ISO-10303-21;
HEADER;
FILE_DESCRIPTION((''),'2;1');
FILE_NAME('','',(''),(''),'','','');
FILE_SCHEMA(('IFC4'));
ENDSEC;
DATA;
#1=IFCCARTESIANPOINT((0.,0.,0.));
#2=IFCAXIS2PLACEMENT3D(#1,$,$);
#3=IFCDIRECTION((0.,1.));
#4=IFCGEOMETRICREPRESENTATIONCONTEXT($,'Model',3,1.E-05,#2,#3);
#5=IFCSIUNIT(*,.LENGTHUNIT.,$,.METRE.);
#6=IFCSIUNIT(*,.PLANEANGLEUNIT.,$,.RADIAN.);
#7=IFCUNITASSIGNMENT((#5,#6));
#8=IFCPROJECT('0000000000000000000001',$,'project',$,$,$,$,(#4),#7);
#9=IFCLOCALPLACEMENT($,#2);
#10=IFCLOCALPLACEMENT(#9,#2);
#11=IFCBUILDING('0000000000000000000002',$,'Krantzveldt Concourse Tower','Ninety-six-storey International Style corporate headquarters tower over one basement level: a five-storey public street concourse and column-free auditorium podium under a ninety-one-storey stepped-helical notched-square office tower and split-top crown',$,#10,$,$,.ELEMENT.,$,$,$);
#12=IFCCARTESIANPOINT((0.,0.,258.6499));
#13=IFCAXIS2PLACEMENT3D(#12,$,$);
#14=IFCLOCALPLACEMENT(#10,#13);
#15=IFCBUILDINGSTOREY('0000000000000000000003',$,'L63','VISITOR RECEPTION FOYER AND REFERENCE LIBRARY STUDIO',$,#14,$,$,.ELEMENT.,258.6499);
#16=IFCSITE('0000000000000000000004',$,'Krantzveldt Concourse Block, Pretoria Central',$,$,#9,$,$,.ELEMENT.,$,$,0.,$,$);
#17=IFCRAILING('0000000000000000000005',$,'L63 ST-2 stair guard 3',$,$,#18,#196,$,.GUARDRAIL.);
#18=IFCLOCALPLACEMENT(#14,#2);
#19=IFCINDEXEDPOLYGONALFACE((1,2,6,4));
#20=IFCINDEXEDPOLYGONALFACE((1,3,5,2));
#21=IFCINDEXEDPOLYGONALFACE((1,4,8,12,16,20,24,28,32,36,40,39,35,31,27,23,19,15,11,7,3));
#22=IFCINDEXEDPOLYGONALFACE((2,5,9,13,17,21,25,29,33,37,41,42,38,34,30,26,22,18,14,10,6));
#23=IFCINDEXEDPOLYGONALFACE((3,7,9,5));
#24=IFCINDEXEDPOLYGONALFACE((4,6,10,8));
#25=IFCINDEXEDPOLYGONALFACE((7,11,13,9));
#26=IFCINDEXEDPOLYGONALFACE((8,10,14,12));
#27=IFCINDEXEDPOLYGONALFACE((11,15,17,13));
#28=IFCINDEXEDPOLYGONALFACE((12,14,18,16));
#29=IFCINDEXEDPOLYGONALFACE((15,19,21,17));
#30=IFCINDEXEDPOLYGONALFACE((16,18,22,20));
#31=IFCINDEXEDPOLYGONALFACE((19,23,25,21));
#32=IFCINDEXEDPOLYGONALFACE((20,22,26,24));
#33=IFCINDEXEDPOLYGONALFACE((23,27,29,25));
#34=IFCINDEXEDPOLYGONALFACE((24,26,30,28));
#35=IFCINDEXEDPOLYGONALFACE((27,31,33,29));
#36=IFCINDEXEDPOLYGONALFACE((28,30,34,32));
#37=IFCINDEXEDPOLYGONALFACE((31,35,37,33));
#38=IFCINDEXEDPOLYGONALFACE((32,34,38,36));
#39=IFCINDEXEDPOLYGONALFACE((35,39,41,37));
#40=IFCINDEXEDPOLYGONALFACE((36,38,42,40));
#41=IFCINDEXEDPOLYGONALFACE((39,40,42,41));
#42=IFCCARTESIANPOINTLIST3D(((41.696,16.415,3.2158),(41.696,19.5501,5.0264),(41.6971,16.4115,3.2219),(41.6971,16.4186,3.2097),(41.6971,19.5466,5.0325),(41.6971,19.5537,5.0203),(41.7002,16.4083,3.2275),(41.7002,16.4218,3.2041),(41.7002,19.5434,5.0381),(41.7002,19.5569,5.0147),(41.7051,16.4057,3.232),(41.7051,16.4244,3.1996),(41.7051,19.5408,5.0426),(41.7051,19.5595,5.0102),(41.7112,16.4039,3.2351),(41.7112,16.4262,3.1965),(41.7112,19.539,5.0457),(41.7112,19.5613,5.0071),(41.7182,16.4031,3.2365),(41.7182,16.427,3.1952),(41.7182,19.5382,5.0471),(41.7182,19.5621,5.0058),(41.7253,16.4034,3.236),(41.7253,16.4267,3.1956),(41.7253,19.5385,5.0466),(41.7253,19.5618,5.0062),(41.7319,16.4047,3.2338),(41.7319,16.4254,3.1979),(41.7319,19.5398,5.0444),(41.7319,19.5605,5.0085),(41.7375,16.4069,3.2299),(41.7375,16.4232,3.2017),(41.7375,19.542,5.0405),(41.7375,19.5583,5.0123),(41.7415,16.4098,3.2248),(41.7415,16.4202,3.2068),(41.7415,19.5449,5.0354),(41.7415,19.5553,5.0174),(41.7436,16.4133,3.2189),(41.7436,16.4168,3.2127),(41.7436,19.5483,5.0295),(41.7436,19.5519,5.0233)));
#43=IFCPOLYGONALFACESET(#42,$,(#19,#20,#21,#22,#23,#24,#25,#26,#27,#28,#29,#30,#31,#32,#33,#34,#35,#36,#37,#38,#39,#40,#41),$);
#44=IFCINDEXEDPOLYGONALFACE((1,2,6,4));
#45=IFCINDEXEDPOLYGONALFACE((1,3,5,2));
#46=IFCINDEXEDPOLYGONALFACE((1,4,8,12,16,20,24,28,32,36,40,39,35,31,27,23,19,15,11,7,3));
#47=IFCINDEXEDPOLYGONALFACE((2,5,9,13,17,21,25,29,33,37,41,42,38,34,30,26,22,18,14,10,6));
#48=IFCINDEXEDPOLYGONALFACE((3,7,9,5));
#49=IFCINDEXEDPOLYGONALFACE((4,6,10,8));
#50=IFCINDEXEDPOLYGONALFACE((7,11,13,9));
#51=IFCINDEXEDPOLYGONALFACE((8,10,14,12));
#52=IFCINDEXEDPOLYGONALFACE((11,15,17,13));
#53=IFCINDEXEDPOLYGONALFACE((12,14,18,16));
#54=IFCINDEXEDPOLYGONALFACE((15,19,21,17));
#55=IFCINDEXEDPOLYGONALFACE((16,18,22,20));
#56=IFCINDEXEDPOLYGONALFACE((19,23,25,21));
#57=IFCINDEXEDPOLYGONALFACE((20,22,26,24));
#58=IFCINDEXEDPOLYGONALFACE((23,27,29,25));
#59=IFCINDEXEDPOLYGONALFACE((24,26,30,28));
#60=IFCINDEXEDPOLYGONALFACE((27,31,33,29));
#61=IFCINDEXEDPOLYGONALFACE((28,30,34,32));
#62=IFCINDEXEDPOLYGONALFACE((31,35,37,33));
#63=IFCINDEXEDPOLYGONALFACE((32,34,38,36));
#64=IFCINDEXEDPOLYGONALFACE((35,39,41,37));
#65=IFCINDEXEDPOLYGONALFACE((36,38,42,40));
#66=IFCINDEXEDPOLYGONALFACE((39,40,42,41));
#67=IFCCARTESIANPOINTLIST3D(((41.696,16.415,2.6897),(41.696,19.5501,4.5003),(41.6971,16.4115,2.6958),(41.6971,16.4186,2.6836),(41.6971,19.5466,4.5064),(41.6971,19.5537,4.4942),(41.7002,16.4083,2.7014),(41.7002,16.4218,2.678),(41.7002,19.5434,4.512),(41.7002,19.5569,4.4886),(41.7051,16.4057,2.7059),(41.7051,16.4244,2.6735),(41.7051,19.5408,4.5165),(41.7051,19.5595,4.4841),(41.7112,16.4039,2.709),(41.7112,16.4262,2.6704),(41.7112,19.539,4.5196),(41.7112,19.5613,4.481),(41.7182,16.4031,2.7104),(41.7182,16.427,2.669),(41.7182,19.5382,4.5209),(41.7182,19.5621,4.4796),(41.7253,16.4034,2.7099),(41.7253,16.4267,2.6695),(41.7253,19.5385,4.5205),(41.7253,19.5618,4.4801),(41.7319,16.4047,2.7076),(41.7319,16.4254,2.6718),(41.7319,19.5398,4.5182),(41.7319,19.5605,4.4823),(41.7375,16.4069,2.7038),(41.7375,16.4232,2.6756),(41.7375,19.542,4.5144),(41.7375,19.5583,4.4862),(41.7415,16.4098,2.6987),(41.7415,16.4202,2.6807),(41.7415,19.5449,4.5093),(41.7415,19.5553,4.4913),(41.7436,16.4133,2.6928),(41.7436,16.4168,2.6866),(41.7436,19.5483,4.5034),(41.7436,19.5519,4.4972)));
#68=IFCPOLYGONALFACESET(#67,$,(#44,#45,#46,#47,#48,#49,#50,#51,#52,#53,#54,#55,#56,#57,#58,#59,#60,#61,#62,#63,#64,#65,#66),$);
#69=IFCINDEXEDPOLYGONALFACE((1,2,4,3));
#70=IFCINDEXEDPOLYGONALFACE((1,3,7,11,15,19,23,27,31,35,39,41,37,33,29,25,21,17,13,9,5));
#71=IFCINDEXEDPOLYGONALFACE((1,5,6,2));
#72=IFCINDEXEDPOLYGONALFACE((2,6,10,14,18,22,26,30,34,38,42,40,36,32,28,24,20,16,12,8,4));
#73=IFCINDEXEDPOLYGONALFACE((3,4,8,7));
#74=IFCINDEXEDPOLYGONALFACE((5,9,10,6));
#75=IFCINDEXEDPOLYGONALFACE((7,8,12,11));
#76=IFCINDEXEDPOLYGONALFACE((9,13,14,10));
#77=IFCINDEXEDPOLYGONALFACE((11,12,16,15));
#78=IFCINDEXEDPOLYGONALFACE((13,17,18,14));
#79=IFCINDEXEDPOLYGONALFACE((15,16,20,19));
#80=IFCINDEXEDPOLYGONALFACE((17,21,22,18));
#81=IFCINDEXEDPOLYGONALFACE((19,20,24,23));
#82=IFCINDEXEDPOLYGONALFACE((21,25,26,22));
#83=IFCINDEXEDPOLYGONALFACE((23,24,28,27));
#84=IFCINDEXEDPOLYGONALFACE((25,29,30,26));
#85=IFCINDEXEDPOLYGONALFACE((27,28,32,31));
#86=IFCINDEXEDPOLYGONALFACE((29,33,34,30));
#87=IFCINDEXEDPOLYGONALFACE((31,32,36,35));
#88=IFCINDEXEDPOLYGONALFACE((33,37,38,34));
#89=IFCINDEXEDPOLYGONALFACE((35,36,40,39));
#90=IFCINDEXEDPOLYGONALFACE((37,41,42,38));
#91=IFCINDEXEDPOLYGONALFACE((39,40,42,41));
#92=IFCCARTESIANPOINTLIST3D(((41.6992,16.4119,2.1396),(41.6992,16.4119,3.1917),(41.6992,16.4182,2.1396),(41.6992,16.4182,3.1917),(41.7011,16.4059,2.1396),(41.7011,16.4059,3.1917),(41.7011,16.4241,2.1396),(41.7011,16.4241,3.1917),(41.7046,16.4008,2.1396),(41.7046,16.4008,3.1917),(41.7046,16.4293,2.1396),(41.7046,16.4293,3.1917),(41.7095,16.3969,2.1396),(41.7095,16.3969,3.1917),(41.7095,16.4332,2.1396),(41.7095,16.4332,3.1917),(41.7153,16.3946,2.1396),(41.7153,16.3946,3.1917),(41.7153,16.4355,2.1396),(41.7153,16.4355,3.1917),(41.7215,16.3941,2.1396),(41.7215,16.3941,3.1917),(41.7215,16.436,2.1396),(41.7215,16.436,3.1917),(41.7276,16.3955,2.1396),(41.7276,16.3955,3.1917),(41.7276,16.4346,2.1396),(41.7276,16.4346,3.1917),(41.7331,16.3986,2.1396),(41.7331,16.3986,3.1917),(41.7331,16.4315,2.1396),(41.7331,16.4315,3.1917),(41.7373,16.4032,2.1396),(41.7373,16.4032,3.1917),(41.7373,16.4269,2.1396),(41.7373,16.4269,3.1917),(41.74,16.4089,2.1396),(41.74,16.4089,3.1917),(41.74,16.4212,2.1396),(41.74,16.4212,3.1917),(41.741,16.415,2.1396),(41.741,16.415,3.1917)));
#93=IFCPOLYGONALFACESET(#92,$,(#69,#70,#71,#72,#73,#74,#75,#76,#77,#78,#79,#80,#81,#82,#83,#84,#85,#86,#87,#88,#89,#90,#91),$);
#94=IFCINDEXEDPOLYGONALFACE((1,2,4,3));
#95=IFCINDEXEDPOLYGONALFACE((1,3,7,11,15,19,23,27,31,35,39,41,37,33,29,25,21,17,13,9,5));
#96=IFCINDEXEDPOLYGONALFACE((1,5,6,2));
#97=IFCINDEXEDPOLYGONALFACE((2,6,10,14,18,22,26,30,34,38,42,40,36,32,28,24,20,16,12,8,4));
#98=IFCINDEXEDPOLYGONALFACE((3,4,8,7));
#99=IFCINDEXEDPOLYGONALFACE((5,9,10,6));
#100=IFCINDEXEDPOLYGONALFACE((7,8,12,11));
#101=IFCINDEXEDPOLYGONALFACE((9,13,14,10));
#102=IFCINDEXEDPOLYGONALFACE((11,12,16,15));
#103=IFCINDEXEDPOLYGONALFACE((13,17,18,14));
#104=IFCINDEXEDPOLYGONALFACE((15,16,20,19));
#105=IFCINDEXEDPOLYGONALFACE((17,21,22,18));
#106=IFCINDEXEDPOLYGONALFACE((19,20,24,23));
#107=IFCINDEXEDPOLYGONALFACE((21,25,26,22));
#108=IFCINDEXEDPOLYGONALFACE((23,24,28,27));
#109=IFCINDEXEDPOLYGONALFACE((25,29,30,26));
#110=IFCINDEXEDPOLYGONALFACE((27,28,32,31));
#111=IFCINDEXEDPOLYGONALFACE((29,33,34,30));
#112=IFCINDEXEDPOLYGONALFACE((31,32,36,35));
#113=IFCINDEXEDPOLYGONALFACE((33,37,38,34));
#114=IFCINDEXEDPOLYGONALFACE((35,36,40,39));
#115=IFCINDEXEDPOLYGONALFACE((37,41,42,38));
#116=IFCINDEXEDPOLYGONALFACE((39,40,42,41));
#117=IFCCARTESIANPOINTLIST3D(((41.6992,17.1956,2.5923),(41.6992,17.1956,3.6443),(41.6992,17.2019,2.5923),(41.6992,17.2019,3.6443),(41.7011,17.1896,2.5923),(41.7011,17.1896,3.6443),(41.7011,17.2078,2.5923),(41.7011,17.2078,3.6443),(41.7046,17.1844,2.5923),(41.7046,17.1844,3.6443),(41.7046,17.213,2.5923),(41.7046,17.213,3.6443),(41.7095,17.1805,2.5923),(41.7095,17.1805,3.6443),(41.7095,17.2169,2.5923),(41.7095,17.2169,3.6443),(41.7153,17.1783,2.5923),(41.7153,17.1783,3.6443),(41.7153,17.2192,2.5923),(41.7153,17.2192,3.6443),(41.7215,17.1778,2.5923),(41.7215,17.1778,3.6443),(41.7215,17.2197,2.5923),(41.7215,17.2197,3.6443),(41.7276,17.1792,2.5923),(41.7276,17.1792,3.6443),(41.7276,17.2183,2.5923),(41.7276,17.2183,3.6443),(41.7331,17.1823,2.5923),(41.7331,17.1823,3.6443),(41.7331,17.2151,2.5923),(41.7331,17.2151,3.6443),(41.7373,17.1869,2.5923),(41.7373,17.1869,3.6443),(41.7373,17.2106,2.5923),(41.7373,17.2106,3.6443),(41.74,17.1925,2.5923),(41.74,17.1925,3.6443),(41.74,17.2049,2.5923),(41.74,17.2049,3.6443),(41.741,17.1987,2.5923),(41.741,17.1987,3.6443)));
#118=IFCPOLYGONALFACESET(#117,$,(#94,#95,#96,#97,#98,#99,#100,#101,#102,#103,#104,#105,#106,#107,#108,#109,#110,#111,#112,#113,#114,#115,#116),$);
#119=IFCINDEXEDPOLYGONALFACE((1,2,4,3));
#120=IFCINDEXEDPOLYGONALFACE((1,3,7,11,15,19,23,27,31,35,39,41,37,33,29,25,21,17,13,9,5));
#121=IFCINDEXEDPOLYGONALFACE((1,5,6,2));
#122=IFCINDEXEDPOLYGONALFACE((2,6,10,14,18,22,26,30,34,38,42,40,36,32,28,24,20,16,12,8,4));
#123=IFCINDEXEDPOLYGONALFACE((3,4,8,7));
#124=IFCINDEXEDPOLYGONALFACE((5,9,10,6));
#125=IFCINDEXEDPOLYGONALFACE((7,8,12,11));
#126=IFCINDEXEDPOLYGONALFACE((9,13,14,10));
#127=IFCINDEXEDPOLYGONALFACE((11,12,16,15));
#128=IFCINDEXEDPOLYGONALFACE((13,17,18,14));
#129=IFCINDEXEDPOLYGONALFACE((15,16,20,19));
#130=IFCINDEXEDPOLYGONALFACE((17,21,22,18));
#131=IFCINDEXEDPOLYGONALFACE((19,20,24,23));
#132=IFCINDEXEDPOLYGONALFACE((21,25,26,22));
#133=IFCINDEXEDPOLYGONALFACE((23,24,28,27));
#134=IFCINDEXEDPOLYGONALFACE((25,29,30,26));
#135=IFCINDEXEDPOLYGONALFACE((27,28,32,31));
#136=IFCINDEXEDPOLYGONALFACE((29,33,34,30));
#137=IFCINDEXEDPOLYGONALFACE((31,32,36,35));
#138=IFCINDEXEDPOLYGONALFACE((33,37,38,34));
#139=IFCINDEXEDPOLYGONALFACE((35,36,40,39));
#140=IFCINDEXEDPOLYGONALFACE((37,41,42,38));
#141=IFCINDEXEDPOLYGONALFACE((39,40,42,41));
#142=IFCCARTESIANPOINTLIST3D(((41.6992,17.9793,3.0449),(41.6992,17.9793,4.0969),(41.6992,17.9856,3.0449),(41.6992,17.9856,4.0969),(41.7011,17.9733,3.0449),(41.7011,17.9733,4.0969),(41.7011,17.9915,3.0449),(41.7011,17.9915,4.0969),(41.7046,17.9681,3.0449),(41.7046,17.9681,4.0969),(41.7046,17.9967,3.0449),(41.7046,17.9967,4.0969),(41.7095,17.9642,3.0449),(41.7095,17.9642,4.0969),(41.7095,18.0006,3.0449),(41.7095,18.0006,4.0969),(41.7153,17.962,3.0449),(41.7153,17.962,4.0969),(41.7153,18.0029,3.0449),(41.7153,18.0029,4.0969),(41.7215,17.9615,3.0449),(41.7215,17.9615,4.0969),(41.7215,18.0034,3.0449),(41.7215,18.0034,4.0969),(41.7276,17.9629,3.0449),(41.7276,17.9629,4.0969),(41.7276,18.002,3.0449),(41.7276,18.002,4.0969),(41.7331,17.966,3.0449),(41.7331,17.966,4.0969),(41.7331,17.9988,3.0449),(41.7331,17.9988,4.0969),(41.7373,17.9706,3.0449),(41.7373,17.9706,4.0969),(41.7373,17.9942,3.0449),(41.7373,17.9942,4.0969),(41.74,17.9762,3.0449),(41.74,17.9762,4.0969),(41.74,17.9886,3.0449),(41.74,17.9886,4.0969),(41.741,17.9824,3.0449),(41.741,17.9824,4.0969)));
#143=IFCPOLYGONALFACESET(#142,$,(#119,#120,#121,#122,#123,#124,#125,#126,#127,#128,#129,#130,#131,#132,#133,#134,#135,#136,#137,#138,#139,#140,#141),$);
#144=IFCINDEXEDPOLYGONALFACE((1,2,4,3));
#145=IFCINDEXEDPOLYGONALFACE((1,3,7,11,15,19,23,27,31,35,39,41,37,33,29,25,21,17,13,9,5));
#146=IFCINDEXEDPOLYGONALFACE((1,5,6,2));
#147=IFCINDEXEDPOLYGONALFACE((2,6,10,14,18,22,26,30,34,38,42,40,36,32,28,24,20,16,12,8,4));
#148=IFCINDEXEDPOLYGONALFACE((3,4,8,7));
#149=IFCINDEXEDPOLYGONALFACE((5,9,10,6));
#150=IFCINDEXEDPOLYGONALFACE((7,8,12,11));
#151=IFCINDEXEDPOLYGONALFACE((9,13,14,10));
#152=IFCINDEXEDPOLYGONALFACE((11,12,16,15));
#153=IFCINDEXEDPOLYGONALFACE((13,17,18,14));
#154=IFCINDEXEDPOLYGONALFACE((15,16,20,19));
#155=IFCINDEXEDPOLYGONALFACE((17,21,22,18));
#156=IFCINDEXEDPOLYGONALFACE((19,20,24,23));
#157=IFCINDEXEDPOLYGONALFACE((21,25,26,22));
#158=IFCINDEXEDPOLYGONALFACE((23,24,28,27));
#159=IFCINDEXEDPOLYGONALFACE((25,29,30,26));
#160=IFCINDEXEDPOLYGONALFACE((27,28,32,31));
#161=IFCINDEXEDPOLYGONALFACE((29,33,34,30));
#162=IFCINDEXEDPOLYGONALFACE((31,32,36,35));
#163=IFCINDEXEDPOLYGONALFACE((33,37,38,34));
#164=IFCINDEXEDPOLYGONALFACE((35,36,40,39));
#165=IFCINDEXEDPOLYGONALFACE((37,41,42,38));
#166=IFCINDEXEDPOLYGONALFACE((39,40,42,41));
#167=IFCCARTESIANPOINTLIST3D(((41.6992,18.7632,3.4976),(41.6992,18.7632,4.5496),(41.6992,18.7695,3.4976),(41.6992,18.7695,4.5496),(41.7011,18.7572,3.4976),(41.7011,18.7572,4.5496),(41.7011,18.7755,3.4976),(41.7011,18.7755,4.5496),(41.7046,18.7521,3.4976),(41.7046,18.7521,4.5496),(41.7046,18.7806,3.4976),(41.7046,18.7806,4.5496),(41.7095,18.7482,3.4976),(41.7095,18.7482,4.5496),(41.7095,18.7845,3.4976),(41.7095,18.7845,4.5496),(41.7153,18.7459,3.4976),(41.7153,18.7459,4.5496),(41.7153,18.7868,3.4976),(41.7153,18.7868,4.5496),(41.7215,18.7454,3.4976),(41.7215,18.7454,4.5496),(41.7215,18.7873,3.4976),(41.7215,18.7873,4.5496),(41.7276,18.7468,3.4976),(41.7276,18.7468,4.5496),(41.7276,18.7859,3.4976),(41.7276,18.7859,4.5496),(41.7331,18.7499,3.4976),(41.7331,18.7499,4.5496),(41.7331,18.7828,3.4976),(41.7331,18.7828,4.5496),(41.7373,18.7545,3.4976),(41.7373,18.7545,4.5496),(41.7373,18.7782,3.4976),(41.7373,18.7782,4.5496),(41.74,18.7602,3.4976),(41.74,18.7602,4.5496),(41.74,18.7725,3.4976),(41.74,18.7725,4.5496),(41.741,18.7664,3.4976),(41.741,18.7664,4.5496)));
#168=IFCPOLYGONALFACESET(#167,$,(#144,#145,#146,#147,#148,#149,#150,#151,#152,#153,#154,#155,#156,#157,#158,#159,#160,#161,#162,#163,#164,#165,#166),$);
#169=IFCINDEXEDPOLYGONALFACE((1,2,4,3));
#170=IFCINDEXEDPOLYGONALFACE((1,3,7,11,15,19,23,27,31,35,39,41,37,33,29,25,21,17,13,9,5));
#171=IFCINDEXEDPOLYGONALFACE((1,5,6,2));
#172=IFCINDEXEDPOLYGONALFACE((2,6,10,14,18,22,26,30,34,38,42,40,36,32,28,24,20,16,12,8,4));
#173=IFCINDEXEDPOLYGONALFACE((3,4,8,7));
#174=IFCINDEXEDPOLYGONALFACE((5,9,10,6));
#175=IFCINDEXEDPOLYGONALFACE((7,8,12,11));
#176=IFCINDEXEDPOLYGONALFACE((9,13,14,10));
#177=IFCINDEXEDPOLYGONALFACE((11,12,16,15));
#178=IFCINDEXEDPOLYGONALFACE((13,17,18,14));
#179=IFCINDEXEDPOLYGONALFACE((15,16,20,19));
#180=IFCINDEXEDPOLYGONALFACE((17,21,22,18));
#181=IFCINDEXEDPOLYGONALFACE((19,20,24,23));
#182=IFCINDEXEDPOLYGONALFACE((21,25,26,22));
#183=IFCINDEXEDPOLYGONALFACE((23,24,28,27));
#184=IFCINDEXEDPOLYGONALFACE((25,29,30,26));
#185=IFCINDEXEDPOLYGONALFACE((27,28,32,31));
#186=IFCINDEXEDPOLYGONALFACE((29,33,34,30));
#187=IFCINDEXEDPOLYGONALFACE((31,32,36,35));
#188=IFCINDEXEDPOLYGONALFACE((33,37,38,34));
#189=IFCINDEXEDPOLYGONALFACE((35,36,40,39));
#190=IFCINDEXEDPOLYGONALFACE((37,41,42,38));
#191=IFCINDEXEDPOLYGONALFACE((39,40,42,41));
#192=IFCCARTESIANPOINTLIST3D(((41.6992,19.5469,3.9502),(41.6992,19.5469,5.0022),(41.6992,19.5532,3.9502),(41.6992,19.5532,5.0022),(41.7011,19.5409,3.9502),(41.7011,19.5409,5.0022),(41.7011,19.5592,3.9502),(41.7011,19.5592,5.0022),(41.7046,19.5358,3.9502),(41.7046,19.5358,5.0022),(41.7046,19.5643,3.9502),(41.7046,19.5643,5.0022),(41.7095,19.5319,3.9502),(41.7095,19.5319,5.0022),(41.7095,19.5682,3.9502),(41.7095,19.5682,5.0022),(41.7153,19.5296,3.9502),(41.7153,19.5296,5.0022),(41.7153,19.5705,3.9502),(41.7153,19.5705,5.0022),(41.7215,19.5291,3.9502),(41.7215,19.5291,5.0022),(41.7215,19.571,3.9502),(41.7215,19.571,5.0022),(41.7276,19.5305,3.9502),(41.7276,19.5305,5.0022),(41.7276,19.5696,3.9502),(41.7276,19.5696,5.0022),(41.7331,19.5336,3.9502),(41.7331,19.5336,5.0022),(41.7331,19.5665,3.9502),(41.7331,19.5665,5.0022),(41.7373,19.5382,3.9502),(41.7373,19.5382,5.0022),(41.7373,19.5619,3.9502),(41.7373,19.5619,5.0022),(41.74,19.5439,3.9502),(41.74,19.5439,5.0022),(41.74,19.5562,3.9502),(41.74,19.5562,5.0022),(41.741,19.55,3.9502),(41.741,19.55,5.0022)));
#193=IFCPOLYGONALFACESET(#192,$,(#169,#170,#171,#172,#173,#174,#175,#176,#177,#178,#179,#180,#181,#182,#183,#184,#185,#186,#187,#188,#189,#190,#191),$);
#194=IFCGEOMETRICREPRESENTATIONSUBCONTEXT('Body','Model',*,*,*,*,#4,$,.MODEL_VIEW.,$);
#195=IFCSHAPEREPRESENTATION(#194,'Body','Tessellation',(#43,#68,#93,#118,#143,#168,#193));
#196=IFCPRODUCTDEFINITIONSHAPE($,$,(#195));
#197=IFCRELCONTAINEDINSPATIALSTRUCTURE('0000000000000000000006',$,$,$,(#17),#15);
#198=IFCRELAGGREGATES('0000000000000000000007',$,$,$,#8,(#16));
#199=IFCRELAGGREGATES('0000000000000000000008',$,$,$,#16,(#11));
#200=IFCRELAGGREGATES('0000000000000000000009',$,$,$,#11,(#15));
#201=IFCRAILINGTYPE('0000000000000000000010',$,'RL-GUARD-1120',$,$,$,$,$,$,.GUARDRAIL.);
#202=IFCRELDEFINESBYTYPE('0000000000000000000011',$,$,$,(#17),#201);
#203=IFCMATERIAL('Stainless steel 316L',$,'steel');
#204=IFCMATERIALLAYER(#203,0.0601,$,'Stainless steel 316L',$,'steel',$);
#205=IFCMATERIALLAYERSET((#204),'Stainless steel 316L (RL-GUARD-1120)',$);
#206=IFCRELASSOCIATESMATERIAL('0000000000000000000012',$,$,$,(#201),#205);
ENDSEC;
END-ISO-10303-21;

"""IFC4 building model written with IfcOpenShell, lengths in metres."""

from ifc_helpers import new_model, si_unit, direction, frame, origin, origin_2d, place, context, subcontext, project, spatial, circle, extrude, material, layer, layer_set, type_object, element, save


model = new_model("IFC4")

# Units and contexts
model_context = context("Model", 3, precision=1e-05, world=origin(), true_north=direction((0.0, 1.0)))
body_context = subcontext(model_context, "Body", "Model", "MODEL_VIEW")
ifc_project = project(units=[si_unit("LENGTHUNIT", "METRE"), si_unit("PLANEANGLEUNIT", "RADIAN")], contexts=[model_context])

# Site, building, storey
site_placement = place(None, origin())
site = spatial("IfcSite", under=ifc_project, at=site_placement, Name="Krantzveldt Concourse Block, Pretoria Central", CompositionType="ELEMENT", RefElevation=0.0)
building_placement = place(site_placement, origin())
building = spatial("IfcBuilding", under=site, at=building_placement, Name="Krantzveldt Concourse Tower", Description="Ninety-six-storey International Style corporate headquarters tower over one basement level: a five-storey public street concourse and column-free auditorium podium under a ninety-one-storey stepped-helical notched-square office tower and split-top crown", CompositionType="ELEMENT")
storey_placement = place(building_placement, frame((0.0, 0.0, 258.6499)))
storey = spatial("IfcBuildingStorey", under=building, at=storey_placement, Name="L63", Description="VISITOR RECEPTION FOYER AND REFERENCE LIBRARY STUDIO", CompositionType="ELEMENT", Elevation=258.6499)

# Shared definitions
ifc_material_1 = material(Name="Stainless steel 316L", Category="steel")

# Railing
ifc_layer_1 = layer(ifc_material_1, 0.0601, Name="Stainless steel 316L", Category="steel")
ifc_layer_set_1 = layer_set([ifc_layer_1], Name="Stainless steel 316L (RL-GUARD-1120)")
railing_type_1 = type_object("IfcRailingType", Name="RL-GUARD-1120", PredefinedType="GUARDRAIL", material=ifc_layer_set_1)
railing_1_placement = place(storey_placement, frame((41.72, 16.415, 2.1396)))
element("IfcRailing", 1, at=railing_1_placement, inside=storey, type_object=railing_type_1, Name="L63 ST-2 stair guard 3", PredefinedType="GUARDRAIL", context=body_context, shape_type="SweptSolid", body=[
    extrude(circle(Radius=0.0239, at=origin_2d()), frame((0.0, 0.0, 1.0762), z_axis=(0.0, 0.86596, 0.500114), x_axis=(-1.0, 0.0, 0.0)), (0.0, 0.0, 1.0), 3.6204),
    extrude(circle(Radius=0.0239, at=origin_2d()), frame((0.0, 0.0, 0.55), z_axis=(0.0, 0.86596, 0.500114), x_axis=(-1.0, 0.0, 0.0)), (0.0, 0.0, 1.0), 3.6204),
    extrude(circle(Radius=0.021, at=origin_2d()), origin(), (0.0, 0.0, 1.0), 1.052),
    extrude(circle(Radius=0.021, at=origin_2d()), frame((0.0, 0.7837, 0.4526)), (0.0, 0.0, 1.0), 1.052),
    extrude(circle(Radius=0.021, at=origin_2d()), frame((0.0, 1.5674, 0.9053)), (0.0, 0.0, 1.0), 1.052),
    extrude(circle(Radius=0.021, at=origin_2d()), frame((0.0, 2.3513, 1.3579)), (0.0, 0.0, 1.0), 1.052),
    extrude(circle(Radius=0.021, at=origin_2d()), frame((0.0, 3.135, 1.8105)), (0.0, 0.0, 1.0), 1.052),
])

save(model, "model.ifc")
